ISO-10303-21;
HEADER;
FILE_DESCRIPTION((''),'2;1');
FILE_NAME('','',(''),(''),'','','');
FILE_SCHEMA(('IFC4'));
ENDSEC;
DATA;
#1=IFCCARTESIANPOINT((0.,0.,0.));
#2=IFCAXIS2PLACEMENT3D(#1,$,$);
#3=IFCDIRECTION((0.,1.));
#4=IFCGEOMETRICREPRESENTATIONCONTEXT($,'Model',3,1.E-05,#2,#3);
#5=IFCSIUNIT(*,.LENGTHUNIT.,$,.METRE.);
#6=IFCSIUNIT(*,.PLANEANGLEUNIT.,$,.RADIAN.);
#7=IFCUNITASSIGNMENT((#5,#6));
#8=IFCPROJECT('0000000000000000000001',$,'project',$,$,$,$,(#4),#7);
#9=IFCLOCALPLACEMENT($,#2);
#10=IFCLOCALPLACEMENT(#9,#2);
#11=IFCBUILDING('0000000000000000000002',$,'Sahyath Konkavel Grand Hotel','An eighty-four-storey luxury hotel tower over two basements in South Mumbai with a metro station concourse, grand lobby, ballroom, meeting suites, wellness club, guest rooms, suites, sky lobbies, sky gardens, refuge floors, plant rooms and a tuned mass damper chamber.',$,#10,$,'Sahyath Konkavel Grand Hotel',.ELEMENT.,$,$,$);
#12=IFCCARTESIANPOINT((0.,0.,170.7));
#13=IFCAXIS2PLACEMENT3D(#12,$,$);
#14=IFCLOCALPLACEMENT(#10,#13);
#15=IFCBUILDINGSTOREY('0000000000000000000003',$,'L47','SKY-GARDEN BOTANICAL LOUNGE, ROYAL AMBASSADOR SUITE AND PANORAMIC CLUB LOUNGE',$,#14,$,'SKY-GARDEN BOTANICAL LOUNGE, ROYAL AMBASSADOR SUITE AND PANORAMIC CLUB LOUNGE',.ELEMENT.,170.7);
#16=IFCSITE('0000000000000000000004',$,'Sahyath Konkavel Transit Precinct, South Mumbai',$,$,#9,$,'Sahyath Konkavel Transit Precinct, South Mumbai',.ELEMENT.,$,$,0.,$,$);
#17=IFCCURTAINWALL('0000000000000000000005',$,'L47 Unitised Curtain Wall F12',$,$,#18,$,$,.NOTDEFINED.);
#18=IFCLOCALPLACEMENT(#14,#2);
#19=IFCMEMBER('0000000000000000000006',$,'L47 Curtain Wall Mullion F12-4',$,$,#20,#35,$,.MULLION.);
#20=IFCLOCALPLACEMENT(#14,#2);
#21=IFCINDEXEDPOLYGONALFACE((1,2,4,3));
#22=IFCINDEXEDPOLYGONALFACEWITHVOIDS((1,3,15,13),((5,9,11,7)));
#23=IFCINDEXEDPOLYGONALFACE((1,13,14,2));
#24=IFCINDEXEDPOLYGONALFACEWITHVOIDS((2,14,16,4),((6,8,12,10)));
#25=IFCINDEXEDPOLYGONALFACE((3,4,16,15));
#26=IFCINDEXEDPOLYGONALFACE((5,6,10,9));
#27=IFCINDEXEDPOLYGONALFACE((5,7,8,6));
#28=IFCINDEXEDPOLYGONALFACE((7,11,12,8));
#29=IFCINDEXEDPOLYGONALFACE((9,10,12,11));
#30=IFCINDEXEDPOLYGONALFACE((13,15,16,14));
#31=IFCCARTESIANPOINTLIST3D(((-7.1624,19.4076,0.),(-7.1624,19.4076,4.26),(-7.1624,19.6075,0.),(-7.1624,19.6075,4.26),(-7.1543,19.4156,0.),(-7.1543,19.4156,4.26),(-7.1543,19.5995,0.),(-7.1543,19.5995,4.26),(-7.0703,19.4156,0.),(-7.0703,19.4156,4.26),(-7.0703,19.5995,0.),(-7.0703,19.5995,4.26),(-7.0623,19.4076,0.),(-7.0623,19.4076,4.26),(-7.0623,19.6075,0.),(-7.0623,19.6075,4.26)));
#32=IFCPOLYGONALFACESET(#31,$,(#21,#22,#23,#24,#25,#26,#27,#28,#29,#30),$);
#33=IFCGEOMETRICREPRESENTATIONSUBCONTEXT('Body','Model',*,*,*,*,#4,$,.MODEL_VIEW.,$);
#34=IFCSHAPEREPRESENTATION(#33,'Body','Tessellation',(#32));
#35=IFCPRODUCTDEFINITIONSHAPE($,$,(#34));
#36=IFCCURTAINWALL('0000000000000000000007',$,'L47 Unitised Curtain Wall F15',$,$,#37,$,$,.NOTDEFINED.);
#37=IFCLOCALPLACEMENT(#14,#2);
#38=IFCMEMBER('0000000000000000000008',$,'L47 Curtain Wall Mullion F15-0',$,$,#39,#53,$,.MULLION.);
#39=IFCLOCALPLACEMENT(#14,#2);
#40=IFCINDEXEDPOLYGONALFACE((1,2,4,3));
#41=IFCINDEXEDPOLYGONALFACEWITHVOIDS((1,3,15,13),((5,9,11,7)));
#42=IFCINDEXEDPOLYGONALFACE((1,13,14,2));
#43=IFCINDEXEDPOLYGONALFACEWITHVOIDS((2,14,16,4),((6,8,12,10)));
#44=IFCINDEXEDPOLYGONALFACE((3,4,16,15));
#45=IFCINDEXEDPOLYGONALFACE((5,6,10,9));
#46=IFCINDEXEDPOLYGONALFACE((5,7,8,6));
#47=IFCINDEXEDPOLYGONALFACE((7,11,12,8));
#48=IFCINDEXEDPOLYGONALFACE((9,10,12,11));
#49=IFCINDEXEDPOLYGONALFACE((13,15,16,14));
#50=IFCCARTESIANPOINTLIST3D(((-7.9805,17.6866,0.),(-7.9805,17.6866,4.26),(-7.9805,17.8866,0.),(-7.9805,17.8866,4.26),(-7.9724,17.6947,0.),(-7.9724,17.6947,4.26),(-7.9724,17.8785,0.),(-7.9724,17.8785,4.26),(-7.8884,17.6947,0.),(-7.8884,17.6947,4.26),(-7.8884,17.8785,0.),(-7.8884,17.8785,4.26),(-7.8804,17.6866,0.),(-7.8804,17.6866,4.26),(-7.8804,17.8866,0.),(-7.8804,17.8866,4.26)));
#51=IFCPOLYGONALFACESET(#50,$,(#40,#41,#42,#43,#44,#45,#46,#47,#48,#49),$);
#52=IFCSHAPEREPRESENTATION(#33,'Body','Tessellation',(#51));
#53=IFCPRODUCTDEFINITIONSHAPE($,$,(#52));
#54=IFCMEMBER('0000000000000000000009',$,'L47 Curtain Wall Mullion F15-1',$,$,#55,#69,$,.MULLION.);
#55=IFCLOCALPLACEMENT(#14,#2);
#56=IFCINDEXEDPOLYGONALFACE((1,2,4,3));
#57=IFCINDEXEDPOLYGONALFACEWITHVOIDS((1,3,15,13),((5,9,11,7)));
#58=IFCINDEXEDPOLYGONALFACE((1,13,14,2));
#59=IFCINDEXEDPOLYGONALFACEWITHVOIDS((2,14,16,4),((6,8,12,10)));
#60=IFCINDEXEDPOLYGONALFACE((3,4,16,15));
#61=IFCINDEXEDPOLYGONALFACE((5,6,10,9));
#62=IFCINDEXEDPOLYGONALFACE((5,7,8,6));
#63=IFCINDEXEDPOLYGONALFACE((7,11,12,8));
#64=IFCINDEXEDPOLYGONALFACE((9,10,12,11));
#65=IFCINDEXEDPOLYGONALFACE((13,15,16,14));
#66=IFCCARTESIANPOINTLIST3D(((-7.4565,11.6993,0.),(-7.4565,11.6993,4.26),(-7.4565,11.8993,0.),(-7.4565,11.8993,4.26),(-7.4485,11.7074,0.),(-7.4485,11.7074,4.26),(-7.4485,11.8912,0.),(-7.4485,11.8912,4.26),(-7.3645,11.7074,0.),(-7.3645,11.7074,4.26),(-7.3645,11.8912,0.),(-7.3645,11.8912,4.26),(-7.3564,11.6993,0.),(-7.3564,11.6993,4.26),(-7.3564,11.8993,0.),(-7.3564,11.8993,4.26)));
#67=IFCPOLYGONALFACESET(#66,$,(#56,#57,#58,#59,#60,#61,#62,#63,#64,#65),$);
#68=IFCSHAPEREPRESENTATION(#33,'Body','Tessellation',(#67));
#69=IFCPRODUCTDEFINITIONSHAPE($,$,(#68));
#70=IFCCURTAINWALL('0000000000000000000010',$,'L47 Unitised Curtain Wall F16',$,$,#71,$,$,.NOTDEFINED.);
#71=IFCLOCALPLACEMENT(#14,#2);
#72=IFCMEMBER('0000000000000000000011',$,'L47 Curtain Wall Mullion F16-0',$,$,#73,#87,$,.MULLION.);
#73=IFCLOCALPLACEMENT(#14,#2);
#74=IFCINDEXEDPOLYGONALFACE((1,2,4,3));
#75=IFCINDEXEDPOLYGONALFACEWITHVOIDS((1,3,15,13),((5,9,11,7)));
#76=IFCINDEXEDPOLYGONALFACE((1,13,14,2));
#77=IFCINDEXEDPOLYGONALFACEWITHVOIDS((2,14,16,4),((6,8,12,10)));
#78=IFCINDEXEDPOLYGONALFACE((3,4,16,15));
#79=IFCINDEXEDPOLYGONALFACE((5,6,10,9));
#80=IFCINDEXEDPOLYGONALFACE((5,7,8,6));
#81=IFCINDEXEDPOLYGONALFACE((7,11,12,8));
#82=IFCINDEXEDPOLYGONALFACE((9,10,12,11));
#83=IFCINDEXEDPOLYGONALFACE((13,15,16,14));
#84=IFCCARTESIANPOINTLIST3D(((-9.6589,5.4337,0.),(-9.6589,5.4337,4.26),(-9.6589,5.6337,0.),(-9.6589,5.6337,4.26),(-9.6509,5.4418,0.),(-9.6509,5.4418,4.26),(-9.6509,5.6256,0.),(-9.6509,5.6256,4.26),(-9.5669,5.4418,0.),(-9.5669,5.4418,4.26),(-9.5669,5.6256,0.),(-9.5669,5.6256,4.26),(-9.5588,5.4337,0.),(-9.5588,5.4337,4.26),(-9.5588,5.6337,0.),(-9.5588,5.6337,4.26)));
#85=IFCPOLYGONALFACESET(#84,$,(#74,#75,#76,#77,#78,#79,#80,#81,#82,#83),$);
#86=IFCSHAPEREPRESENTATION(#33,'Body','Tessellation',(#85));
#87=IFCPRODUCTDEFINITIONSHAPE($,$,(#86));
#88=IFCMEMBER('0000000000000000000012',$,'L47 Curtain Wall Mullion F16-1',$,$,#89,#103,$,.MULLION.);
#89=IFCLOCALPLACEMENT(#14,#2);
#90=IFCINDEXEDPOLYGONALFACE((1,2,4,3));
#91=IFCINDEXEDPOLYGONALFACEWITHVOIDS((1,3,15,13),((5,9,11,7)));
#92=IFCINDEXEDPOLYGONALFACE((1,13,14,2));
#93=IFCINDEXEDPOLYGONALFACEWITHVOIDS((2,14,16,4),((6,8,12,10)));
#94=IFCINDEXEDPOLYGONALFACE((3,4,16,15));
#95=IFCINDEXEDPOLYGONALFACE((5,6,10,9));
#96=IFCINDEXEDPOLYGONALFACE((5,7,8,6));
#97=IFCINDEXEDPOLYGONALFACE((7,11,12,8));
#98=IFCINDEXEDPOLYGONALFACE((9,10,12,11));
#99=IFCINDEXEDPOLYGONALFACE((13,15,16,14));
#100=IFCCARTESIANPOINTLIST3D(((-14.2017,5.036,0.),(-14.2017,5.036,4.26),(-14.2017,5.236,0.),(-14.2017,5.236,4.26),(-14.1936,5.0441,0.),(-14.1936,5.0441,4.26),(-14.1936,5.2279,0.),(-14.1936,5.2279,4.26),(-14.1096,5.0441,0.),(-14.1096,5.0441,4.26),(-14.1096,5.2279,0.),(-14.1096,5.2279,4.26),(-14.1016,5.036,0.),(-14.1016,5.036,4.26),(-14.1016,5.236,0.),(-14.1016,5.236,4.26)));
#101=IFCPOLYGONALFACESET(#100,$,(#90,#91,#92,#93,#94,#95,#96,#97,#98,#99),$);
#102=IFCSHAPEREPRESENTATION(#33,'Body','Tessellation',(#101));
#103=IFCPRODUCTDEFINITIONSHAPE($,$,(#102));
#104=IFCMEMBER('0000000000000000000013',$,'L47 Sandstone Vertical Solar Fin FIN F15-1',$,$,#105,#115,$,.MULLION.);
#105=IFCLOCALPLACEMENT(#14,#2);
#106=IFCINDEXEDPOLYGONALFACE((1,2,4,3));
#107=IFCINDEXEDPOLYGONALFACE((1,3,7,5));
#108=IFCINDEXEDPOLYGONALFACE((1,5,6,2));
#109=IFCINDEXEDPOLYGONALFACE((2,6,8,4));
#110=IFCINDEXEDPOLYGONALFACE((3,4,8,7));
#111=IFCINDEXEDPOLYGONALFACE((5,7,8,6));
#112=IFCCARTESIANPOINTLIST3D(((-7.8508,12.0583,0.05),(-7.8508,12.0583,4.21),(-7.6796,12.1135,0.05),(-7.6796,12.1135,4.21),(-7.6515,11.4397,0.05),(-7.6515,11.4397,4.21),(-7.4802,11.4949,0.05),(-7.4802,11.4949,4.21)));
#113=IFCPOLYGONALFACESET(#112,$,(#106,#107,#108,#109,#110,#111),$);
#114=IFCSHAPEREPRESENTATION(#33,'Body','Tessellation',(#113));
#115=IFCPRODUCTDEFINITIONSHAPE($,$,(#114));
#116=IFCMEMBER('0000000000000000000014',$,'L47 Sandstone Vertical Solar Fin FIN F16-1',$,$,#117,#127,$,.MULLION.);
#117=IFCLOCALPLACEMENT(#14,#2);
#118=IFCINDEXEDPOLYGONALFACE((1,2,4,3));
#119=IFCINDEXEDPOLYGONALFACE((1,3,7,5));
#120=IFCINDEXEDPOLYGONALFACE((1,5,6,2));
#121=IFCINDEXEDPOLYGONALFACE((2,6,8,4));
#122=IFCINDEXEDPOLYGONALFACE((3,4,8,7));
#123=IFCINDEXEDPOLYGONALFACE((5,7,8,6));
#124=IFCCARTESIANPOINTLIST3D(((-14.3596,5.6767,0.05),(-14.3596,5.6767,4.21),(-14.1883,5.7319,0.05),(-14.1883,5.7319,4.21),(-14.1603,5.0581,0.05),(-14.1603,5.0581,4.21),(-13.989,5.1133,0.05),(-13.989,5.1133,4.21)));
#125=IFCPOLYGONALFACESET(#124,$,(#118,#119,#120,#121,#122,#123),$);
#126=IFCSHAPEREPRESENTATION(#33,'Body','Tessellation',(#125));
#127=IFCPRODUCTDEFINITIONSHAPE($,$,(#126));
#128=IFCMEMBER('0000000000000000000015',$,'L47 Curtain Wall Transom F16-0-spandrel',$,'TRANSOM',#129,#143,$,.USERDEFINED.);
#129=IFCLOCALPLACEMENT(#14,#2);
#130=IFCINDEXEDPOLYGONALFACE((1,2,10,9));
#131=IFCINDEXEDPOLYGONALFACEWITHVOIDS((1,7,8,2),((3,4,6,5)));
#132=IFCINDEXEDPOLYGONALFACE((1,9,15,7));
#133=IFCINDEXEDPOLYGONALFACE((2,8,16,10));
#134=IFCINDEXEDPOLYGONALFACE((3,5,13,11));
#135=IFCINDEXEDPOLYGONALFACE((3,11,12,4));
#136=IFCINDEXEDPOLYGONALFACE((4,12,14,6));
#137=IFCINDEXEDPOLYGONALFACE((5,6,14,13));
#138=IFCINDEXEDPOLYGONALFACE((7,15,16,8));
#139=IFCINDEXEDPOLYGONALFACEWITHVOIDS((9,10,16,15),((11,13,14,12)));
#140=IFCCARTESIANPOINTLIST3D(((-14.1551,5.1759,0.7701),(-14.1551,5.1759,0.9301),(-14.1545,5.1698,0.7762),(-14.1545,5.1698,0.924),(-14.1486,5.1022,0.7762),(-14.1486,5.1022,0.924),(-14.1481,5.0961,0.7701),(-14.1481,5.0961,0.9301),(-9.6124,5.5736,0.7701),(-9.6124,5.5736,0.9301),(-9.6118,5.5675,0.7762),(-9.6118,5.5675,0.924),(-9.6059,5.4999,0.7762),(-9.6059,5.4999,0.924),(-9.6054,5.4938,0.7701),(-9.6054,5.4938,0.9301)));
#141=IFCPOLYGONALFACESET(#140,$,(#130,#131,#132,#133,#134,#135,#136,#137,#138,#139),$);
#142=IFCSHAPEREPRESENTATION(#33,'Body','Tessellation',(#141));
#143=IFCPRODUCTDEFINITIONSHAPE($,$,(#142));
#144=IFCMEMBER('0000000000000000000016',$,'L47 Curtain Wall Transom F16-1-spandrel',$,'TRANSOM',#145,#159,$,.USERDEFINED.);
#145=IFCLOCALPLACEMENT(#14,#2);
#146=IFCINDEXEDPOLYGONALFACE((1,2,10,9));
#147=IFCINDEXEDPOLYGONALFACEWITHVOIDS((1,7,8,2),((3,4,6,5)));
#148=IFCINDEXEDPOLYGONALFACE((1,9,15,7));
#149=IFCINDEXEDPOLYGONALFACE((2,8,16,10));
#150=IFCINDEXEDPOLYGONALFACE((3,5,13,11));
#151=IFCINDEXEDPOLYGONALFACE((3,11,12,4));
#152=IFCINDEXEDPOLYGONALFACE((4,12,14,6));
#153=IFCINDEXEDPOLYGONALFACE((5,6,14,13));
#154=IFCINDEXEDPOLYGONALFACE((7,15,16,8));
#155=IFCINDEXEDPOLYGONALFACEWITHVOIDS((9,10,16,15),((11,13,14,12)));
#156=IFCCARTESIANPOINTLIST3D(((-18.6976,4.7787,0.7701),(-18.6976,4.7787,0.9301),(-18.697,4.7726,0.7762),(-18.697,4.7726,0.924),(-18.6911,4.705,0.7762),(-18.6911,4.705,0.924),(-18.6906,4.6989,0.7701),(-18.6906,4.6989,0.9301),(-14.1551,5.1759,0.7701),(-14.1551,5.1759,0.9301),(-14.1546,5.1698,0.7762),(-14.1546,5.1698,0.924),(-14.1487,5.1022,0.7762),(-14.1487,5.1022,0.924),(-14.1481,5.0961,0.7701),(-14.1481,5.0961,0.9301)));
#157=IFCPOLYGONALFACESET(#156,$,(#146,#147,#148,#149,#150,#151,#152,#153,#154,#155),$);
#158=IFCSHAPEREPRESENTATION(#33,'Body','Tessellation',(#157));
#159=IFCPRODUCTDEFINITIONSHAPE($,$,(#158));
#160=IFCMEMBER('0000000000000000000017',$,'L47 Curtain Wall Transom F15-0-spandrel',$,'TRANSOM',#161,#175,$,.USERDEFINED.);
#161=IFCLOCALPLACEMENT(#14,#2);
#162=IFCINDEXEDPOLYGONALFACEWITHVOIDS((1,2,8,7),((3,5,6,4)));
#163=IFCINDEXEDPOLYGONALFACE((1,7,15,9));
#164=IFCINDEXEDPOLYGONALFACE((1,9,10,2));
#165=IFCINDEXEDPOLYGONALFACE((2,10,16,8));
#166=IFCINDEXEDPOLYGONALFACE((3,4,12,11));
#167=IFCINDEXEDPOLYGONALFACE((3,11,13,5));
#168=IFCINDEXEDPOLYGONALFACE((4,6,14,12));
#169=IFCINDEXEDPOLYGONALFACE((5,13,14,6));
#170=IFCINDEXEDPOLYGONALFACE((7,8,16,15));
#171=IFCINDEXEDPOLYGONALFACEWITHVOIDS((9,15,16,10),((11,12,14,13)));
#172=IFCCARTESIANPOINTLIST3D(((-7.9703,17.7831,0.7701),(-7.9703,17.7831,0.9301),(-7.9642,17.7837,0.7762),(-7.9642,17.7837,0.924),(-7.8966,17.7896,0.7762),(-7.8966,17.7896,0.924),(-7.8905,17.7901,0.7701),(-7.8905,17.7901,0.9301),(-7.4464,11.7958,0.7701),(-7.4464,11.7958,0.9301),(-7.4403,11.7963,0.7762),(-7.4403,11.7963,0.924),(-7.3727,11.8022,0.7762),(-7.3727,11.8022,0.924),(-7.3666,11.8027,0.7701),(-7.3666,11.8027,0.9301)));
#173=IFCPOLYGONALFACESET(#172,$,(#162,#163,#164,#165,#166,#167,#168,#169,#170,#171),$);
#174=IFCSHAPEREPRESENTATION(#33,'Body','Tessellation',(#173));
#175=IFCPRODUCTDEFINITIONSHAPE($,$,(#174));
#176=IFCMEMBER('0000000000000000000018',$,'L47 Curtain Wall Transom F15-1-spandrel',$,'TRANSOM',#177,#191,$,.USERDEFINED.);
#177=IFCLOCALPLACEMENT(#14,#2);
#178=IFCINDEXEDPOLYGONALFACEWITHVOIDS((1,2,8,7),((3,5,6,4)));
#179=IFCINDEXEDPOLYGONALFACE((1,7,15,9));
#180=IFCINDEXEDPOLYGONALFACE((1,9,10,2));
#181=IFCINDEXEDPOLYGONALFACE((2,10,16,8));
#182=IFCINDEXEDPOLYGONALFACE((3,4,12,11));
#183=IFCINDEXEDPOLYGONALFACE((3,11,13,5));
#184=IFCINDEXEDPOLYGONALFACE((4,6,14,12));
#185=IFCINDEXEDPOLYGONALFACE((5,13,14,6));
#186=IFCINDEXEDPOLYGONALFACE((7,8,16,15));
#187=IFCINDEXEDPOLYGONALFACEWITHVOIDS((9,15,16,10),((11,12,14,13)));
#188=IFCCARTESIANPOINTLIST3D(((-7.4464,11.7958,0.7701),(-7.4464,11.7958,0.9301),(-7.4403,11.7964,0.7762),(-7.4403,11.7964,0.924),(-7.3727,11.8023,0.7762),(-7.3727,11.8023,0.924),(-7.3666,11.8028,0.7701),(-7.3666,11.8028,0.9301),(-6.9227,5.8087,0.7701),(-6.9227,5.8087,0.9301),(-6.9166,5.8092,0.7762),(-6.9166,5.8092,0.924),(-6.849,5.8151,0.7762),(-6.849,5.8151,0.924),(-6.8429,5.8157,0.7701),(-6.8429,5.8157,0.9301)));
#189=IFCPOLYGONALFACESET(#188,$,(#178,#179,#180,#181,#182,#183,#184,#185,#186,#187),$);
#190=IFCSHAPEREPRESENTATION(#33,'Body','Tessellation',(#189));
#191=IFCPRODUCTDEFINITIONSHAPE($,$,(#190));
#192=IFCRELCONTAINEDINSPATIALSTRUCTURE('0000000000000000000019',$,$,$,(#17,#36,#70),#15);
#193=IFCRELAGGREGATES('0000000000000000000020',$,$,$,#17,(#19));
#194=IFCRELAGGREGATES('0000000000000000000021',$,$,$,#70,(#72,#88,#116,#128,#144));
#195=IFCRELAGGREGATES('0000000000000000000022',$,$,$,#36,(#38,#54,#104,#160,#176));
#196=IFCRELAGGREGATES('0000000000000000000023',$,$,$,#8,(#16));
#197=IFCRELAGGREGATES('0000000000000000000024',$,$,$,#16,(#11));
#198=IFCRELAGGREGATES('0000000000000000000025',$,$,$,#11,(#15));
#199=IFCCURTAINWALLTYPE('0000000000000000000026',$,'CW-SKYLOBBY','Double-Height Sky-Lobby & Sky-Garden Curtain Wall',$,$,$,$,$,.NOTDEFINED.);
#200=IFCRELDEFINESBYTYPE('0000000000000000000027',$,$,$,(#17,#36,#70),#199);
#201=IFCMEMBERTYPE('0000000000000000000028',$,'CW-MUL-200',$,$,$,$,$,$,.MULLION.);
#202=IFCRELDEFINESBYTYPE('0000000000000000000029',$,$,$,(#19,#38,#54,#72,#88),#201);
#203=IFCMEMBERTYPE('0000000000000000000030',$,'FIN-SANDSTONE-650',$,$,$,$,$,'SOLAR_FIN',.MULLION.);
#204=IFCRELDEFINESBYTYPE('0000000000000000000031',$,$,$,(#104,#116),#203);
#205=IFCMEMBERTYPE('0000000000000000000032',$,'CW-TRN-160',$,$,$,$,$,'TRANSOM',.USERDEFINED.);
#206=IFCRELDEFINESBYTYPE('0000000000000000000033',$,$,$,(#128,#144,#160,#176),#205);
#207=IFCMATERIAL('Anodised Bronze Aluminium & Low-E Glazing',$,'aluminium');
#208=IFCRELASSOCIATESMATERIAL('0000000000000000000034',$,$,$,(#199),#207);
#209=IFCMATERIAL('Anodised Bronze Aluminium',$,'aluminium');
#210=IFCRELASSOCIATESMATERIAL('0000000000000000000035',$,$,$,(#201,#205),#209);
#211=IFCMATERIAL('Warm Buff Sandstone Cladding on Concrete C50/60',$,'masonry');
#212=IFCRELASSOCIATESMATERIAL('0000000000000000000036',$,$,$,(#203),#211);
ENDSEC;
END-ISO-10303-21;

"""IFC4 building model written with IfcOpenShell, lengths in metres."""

from ifc_helpers import new_model, si_unit, direction, frame, origin, origin_2d, place, context, subcontext, project, spatial, rectangle, hollow_rectangle, extrude, source, transform, mapped, material, material_profile, profile_set, type_object, element, aggregate, save


model = new_model("IFC4")

# Units and contexts
model_context = context("Model", 3, precision=1e-05, world=origin(), true_north=direction((0.0, 1.0)))
body_context = subcontext(model_context, "Body", "Model", "MODEL_VIEW")
ifc_project = project(units=[si_unit("LENGTHUNIT", "METRE"), si_unit("PLANEANGLEUNIT", "RADIAN")], contexts=[model_context])

# Site, building, storey
site_placement = place(None, origin())
site = spatial("IfcSite", under=ifc_project, at=site_placement, Name="Sahyath Konkavel Transit Precinct, South Mumbai", LongName="Sahyath Konkavel Transit Precinct, South Mumbai", CompositionType="ELEMENT", RefElevation=0.0)
building_placement = place(site_placement, origin())
building = spatial("IfcBuilding", under=site, at=building_placement, Name="Sahyath Konkavel Grand Hotel", Description="An eighty-four-storey luxury hotel tower over two basements in South Mumbai with a metro station concourse, grand lobby, ballroom, meeting suites, wellness club, guest rooms, suites, sky lobbies, sky gardens, refuge floors, plant rooms and a tuned mass damper chamber.", LongName="Sahyath Konkavel Grand Hotel", CompositionType="ELEMENT")
storey_placement = place(building_placement, frame((0.0, 0.0, 170.7)))
storey = spatial("IfcBuildingStorey", under=building, at=storey_placement, Name="L47", Description="SKY-GARDEN BOTANICAL LOUNGE, ROYAL AMBASSADOR SUITE AND PANORAMIC CLUB LOUNGE", LongName="SKY-GARDEN BOTANICAL LOUNGE, ROYAL AMBASSADOR SUITE AND PANORAMIC CLUB LOUNGE", CompositionType="ELEMENT", Elevation=170.7)

# Curtain wall, member
ifc_material_1 = material(Name="Anodised Bronze Aluminium & Low-E Glazing", Category="aluminium")
curtain_wall_type = type_object("IfcCurtainWallType", Name="CW-SKYLOBBY", Description="Double-Height Sky-Lobby & Sky-Garden Curtain Wall", PredefinedType="NOTDEFINED", material=ifc_material_1)
curtain_wall_1_placement = place(storey_placement, origin())
curtain_wall_1 = element("IfcCurtainWall", 1, at=curtain_wall_1_placement, inside=storey, type_object=curtain_wall_type, Name="L47 Unitised Curtain Wall F12", PredefinedType="NOTDEFINED")
ifc_material_2 = material(Name="Anodised Bronze Aluminium", Category="aluminium")
ifc_material_profile_1 = material_profile(ifc_material_2, hollow_rectangle(XDim=0.1001, YDim=0.2, WallThickness=0.0081, at=origin_2d()), Name="RHS 200x100x8")
ifc_profile_set_1 = profile_set([ifc_material_profile_1], Name="Anodised Bronze Aluminium")
member_type_1 = type_object("IfcMemberType", Name="CW-MUL-200", PredefinedType="MULLION", material=ifc_profile_set_1)
shared_shape_1 = source(origin(), body_context, "Body", "SweptSolid", [
    extrude(hollow_rectangle(XDim=0.1001, YDim=0.2, WallThickness=0.0081, at=origin_2d()), origin(), (0.0, 0.0, 1.0), 4.26),
])
member_1_placement = place(storey_placement, frame((-7.1123, 19.5076, 0.0), z_axis=(0.0, 0.0, 1.0), x_axis=(1.0, 0.0, 0.0)))
member_1 = element("IfcMember", 2, at=member_1_placement, type_object=member_type_1, Name="L47 Curtain Wall Mullion F12-4", PredefinedType="MULLION", context=body_context, shape_type="MappedRepresentation", body=[
    mapped(shared_shape_1, transform((0.0, 0.0, 0.0), scale=1.0)),
])
aggregate(curtain_wall_1, [member_1])

# Curtain walls, members
curtain_wall_2_placement = place(storey_placement, origin())
curtain_wall_2 = element("IfcCurtainWall", 3, at=curtain_wall_2_placement, inside=storey, type_object=curtain_wall_type, Name="L47 Unitised Curtain Wall F15", PredefinedType="NOTDEFINED")
member_2_placement = place(storey_placement, frame((-7.9304, 17.7866, 0.0), z_axis=(0.0, 0.0, 1.0), x_axis=(1.0, 0.0, 0.0)))
member_2 = element("IfcMember", 4, at=member_2_placement, type_object=member_type_1, Name="L47 Curtain Wall Mullion F15-0", PredefinedType="MULLION", context=body_context, shape_type="MappedRepresentation", body=[
    mapped(shared_shape_1, transform((0.0, 0.0, 0.0), scale=1.0)),
])
member_3_placement = place(storey_placement, frame((-7.4065, 11.7993, 0.0), z_axis=(0.0, 0.0, 1.0), x_axis=(1.0, 0.0, 0.0)))
member_3 = element("IfcMember", 5, at=member_3_placement, type_object=member_type_1, Name="L47 Curtain Wall Mullion F15-1", PredefinedType="MULLION", context=body_context, shape_type="MappedRepresentation", body=[
    mapped(shared_shape_1, transform((0.0, 0.0, 0.0), scale=1.0)),
])
curtain_wall_3_placement = place(storey_placement, origin())
curtain_wall_3 = element("IfcCurtainWall", 6, at=curtain_wall_3_placement, inside=storey, type_object=curtain_wall_type, Name="L47 Unitised Curtain Wall F16", PredefinedType="NOTDEFINED")
member_4_placement = place(storey_placement, frame((-9.6089, 5.5337, 0.0), z_axis=(0.0, 0.0, 1.0), x_axis=(1.0, 0.0, 0.0)))
member_4 = element("IfcMember", 7, at=member_4_placement, type_object=member_type_1, Name="L47 Curtain Wall Mullion F16-0", PredefinedType="MULLION", context=body_context, shape_type="MappedRepresentation", body=[
    mapped(shared_shape_1, transform((0.0, 0.0, 0.0), scale=1.0)),
])
member_5_placement = place(storey_placement, frame((-14.1516, 5.136, 0.0), z_axis=(0.0, 0.0, 1.0), x_axis=(1.0, 0.0, 0.0)))
member_5 = element("IfcMember", 8, at=member_5_placement, type_object=member_type_1, Name="L47 Curtain Wall Mullion F16-1", PredefinedType="MULLION", context=body_context, shape_type="MappedRepresentation", body=[
    mapped(shared_shape_1, transform((0.0, 0.0, 0.0), scale=1.0)),
])

# Members
ifc_material_3 = material(Name="Warm Buff Sandstone Cladding on Concrete C50/60", Category="masonry")
ifc_material_profile_2 = material_profile(ifc_material_3, rectangle(XDim=0.1799, YDim=0.6499, at=origin_2d()), Name="FIN 180x650")
ifc_profile_set_2 = profile_set([ifc_material_profile_2], Name="Warm Buff Sandstone Cladding on Concrete C50/60")
member_type_2 = type_object("IfcMemberType", Name="FIN-SANDSTONE-650", ElementType="SOLAR_FIN", PredefinedType="MULLION", material=ifc_profile_set_2)
shared_shape_2 = source(origin(), body_context, "Body", "SweptSolid", [
    extrude(rectangle(XDim=0.1799, YDim=0.6499, at=origin_2d()), origin(), (0.0, 0.0, 1.0), 4.1599),
])
member_6_placement = place(storey_placement, frame((-7.6655, 11.7766, 0.05), z_axis=(0.0, 0.0, 1.0), x_axis=(0.951809, 0.306692, 0.0)))
member_6 = element("IfcMember", 9, at=member_6_placement, type_object=member_type_2, Name="L47 Sandstone Vertical Solar Fin FIN F15-1", PredefinedType="MULLION", context=body_context, shape_type="MappedRepresentation", body=[
    mapped(shared_shape_2, transform((0.0, 0.0, 0.0), scale=1.0)),
])
member_7_placement = place(storey_placement, frame((-14.1743, 5.395, 0.05), z_axis=(0.0, 0.0, 1.0), x_axis=(0.951809, 0.306692, 0.0)))
member_7 = element("IfcMember", 10, at=member_7_placement, type_object=member_type_2, Name="L47 Sandstone Vertical Solar Fin FIN F16-1", PredefinedType="MULLION", context=body_context, shape_type="MappedRepresentation", body=[
    mapped(shared_shape_2, transform((0.0, 0.0, 0.0), scale=1.0)),
])
ifc_material_profile_3 = material_profile(ifc_material_2, hollow_rectangle(XDim=0.0801, YDim=0.1599, WallThickness=0.0061, at=origin_2d()), Name="RHS 160x80x6")
ifc_profile_set_3 = profile_set([ifc_material_profile_3], Name="Anodised Bronze Aluminium")
member_type_3 = type_object("IfcMemberType", Name="CW-TRN-160", ElementType="TRANSOM", PredefinedType="USERDEFINED", material=ifc_profile_set_3)
shared_shape_3 = source(origin(), body_context, "Body", "SweptSolid", [
    extrude(hollow_rectangle(XDim=0.0801, YDim=0.1599, WallThickness=0.0061, at=origin_2d()), origin(), (0.0, 0.0, 1.0), 4.5601),
])
member_8_placement = place(storey_placement, frame((-9.6089, 5.5337, 0.8501), z_axis=(-0.99619, -0.087214, 0.0), x_axis=(0.087214, -0.99619, 0.0)))
member_8 = element("IfcMember", 11, at=member_8_placement, type_object=member_type_3, Name="L47 Curtain Wall Transom F16-0-spandrel", ObjectType="TRANSOM", PredefinedType="USERDEFINED", context=body_context, shape_type="MappedRepresentation", body=[
    mapped(shared_shape_3, transform((0.0, 0.0, 0.0), scale=1.0)),
])
shared_shape_4 = source(origin(), body_context, "Body", "SweptSolid", [
    extrude(hollow_rectangle(XDim=0.0801, YDim=0.1599, WallThickness=0.0061, at=origin_2d()), origin(), (0.0, 0.0, 1.0), 4.5598),
])
member_9_placement = place(storey_placement, frame((-14.1516, 5.136, 0.8501), z_axis=(-0.996198, -0.087112, 0.0), x_axis=(0.087112, -0.996198, 0.0)))
member_9 = element("IfcMember", 12, at=member_9_placement, type_object=member_type_3, Name="L47 Curtain Wall Transom F16-1-spandrel", ObjectType="TRANSOM", PredefinedType="USERDEFINED", context=body_context, shape_type="MappedRepresentation", body=[
    mapped(shared_shape_4, transform((0.0, 0.0, 0.0), scale=1.0)),
])
shared_shape_5 = source(origin(), body_context, "Body", "SweptSolid", [
    extrude(hollow_rectangle(XDim=0.0801, YDim=0.1599, WallThickness=0.0061, at=origin_2d()), origin(), (0.0, 0.0, 1.0), 6.0103),
])
member_10_placement = place(storey_placement, frame((-7.9304, 17.7866, 0.8501), z_axis=(0.087173, -0.996193, 0.0), x_axis=(0.996193, 0.087173, 0.0)))
member_10 = element("IfcMember", 13, at=member_10_placement, type_object=member_type_3, Name="L47 Curtain Wall Transom F15-0-spandrel", ObjectType="TRANSOM", PredefinedType="USERDEFINED", context=body_context, shape_type="MappedRepresentation", body=[
    mapped(shared_shape_5, transform((0.0, 0.0, 0.0), scale=1.0)),
])
shared_shape_6 = source(origin(), body_context, "Body", "SweptSolid", [
    extrude(hollow_rectangle(XDim=0.0801, YDim=0.1599, WallThickness=0.0061, at=origin_2d()), origin(), (0.0, 0.0, 1.0), 6.01),
])
member_11_placement = place(storey_placement, frame((-7.4065, 11.7993, 0.8501), z_axis=(0.087136, -0.996196, 0.0), x_axis=(0.996196, 0.087136, 0.0)))
member_11 = element("IfcMember", 14, at=member_11_placement, type_object=member_type_3, Name="L47 Curtain Wall Transom F15-1-spandrel", ObjectType="TRANSOM", PredefinedType="USERDEFINED", context=body_context, shape_type="MappedRepresentation", body=[
    mapped(shared_shape_6, transform((0.0, 0.0, 0.0), scale=1.0)),
])

aggregate(curtain_wall_3, [member_4, member_5, member_7, member_8, member_9])
aggregate(curtain_wall_2, [member_2, member_3, member_6, member_10, member_11])

save(model, "model.ifc")
